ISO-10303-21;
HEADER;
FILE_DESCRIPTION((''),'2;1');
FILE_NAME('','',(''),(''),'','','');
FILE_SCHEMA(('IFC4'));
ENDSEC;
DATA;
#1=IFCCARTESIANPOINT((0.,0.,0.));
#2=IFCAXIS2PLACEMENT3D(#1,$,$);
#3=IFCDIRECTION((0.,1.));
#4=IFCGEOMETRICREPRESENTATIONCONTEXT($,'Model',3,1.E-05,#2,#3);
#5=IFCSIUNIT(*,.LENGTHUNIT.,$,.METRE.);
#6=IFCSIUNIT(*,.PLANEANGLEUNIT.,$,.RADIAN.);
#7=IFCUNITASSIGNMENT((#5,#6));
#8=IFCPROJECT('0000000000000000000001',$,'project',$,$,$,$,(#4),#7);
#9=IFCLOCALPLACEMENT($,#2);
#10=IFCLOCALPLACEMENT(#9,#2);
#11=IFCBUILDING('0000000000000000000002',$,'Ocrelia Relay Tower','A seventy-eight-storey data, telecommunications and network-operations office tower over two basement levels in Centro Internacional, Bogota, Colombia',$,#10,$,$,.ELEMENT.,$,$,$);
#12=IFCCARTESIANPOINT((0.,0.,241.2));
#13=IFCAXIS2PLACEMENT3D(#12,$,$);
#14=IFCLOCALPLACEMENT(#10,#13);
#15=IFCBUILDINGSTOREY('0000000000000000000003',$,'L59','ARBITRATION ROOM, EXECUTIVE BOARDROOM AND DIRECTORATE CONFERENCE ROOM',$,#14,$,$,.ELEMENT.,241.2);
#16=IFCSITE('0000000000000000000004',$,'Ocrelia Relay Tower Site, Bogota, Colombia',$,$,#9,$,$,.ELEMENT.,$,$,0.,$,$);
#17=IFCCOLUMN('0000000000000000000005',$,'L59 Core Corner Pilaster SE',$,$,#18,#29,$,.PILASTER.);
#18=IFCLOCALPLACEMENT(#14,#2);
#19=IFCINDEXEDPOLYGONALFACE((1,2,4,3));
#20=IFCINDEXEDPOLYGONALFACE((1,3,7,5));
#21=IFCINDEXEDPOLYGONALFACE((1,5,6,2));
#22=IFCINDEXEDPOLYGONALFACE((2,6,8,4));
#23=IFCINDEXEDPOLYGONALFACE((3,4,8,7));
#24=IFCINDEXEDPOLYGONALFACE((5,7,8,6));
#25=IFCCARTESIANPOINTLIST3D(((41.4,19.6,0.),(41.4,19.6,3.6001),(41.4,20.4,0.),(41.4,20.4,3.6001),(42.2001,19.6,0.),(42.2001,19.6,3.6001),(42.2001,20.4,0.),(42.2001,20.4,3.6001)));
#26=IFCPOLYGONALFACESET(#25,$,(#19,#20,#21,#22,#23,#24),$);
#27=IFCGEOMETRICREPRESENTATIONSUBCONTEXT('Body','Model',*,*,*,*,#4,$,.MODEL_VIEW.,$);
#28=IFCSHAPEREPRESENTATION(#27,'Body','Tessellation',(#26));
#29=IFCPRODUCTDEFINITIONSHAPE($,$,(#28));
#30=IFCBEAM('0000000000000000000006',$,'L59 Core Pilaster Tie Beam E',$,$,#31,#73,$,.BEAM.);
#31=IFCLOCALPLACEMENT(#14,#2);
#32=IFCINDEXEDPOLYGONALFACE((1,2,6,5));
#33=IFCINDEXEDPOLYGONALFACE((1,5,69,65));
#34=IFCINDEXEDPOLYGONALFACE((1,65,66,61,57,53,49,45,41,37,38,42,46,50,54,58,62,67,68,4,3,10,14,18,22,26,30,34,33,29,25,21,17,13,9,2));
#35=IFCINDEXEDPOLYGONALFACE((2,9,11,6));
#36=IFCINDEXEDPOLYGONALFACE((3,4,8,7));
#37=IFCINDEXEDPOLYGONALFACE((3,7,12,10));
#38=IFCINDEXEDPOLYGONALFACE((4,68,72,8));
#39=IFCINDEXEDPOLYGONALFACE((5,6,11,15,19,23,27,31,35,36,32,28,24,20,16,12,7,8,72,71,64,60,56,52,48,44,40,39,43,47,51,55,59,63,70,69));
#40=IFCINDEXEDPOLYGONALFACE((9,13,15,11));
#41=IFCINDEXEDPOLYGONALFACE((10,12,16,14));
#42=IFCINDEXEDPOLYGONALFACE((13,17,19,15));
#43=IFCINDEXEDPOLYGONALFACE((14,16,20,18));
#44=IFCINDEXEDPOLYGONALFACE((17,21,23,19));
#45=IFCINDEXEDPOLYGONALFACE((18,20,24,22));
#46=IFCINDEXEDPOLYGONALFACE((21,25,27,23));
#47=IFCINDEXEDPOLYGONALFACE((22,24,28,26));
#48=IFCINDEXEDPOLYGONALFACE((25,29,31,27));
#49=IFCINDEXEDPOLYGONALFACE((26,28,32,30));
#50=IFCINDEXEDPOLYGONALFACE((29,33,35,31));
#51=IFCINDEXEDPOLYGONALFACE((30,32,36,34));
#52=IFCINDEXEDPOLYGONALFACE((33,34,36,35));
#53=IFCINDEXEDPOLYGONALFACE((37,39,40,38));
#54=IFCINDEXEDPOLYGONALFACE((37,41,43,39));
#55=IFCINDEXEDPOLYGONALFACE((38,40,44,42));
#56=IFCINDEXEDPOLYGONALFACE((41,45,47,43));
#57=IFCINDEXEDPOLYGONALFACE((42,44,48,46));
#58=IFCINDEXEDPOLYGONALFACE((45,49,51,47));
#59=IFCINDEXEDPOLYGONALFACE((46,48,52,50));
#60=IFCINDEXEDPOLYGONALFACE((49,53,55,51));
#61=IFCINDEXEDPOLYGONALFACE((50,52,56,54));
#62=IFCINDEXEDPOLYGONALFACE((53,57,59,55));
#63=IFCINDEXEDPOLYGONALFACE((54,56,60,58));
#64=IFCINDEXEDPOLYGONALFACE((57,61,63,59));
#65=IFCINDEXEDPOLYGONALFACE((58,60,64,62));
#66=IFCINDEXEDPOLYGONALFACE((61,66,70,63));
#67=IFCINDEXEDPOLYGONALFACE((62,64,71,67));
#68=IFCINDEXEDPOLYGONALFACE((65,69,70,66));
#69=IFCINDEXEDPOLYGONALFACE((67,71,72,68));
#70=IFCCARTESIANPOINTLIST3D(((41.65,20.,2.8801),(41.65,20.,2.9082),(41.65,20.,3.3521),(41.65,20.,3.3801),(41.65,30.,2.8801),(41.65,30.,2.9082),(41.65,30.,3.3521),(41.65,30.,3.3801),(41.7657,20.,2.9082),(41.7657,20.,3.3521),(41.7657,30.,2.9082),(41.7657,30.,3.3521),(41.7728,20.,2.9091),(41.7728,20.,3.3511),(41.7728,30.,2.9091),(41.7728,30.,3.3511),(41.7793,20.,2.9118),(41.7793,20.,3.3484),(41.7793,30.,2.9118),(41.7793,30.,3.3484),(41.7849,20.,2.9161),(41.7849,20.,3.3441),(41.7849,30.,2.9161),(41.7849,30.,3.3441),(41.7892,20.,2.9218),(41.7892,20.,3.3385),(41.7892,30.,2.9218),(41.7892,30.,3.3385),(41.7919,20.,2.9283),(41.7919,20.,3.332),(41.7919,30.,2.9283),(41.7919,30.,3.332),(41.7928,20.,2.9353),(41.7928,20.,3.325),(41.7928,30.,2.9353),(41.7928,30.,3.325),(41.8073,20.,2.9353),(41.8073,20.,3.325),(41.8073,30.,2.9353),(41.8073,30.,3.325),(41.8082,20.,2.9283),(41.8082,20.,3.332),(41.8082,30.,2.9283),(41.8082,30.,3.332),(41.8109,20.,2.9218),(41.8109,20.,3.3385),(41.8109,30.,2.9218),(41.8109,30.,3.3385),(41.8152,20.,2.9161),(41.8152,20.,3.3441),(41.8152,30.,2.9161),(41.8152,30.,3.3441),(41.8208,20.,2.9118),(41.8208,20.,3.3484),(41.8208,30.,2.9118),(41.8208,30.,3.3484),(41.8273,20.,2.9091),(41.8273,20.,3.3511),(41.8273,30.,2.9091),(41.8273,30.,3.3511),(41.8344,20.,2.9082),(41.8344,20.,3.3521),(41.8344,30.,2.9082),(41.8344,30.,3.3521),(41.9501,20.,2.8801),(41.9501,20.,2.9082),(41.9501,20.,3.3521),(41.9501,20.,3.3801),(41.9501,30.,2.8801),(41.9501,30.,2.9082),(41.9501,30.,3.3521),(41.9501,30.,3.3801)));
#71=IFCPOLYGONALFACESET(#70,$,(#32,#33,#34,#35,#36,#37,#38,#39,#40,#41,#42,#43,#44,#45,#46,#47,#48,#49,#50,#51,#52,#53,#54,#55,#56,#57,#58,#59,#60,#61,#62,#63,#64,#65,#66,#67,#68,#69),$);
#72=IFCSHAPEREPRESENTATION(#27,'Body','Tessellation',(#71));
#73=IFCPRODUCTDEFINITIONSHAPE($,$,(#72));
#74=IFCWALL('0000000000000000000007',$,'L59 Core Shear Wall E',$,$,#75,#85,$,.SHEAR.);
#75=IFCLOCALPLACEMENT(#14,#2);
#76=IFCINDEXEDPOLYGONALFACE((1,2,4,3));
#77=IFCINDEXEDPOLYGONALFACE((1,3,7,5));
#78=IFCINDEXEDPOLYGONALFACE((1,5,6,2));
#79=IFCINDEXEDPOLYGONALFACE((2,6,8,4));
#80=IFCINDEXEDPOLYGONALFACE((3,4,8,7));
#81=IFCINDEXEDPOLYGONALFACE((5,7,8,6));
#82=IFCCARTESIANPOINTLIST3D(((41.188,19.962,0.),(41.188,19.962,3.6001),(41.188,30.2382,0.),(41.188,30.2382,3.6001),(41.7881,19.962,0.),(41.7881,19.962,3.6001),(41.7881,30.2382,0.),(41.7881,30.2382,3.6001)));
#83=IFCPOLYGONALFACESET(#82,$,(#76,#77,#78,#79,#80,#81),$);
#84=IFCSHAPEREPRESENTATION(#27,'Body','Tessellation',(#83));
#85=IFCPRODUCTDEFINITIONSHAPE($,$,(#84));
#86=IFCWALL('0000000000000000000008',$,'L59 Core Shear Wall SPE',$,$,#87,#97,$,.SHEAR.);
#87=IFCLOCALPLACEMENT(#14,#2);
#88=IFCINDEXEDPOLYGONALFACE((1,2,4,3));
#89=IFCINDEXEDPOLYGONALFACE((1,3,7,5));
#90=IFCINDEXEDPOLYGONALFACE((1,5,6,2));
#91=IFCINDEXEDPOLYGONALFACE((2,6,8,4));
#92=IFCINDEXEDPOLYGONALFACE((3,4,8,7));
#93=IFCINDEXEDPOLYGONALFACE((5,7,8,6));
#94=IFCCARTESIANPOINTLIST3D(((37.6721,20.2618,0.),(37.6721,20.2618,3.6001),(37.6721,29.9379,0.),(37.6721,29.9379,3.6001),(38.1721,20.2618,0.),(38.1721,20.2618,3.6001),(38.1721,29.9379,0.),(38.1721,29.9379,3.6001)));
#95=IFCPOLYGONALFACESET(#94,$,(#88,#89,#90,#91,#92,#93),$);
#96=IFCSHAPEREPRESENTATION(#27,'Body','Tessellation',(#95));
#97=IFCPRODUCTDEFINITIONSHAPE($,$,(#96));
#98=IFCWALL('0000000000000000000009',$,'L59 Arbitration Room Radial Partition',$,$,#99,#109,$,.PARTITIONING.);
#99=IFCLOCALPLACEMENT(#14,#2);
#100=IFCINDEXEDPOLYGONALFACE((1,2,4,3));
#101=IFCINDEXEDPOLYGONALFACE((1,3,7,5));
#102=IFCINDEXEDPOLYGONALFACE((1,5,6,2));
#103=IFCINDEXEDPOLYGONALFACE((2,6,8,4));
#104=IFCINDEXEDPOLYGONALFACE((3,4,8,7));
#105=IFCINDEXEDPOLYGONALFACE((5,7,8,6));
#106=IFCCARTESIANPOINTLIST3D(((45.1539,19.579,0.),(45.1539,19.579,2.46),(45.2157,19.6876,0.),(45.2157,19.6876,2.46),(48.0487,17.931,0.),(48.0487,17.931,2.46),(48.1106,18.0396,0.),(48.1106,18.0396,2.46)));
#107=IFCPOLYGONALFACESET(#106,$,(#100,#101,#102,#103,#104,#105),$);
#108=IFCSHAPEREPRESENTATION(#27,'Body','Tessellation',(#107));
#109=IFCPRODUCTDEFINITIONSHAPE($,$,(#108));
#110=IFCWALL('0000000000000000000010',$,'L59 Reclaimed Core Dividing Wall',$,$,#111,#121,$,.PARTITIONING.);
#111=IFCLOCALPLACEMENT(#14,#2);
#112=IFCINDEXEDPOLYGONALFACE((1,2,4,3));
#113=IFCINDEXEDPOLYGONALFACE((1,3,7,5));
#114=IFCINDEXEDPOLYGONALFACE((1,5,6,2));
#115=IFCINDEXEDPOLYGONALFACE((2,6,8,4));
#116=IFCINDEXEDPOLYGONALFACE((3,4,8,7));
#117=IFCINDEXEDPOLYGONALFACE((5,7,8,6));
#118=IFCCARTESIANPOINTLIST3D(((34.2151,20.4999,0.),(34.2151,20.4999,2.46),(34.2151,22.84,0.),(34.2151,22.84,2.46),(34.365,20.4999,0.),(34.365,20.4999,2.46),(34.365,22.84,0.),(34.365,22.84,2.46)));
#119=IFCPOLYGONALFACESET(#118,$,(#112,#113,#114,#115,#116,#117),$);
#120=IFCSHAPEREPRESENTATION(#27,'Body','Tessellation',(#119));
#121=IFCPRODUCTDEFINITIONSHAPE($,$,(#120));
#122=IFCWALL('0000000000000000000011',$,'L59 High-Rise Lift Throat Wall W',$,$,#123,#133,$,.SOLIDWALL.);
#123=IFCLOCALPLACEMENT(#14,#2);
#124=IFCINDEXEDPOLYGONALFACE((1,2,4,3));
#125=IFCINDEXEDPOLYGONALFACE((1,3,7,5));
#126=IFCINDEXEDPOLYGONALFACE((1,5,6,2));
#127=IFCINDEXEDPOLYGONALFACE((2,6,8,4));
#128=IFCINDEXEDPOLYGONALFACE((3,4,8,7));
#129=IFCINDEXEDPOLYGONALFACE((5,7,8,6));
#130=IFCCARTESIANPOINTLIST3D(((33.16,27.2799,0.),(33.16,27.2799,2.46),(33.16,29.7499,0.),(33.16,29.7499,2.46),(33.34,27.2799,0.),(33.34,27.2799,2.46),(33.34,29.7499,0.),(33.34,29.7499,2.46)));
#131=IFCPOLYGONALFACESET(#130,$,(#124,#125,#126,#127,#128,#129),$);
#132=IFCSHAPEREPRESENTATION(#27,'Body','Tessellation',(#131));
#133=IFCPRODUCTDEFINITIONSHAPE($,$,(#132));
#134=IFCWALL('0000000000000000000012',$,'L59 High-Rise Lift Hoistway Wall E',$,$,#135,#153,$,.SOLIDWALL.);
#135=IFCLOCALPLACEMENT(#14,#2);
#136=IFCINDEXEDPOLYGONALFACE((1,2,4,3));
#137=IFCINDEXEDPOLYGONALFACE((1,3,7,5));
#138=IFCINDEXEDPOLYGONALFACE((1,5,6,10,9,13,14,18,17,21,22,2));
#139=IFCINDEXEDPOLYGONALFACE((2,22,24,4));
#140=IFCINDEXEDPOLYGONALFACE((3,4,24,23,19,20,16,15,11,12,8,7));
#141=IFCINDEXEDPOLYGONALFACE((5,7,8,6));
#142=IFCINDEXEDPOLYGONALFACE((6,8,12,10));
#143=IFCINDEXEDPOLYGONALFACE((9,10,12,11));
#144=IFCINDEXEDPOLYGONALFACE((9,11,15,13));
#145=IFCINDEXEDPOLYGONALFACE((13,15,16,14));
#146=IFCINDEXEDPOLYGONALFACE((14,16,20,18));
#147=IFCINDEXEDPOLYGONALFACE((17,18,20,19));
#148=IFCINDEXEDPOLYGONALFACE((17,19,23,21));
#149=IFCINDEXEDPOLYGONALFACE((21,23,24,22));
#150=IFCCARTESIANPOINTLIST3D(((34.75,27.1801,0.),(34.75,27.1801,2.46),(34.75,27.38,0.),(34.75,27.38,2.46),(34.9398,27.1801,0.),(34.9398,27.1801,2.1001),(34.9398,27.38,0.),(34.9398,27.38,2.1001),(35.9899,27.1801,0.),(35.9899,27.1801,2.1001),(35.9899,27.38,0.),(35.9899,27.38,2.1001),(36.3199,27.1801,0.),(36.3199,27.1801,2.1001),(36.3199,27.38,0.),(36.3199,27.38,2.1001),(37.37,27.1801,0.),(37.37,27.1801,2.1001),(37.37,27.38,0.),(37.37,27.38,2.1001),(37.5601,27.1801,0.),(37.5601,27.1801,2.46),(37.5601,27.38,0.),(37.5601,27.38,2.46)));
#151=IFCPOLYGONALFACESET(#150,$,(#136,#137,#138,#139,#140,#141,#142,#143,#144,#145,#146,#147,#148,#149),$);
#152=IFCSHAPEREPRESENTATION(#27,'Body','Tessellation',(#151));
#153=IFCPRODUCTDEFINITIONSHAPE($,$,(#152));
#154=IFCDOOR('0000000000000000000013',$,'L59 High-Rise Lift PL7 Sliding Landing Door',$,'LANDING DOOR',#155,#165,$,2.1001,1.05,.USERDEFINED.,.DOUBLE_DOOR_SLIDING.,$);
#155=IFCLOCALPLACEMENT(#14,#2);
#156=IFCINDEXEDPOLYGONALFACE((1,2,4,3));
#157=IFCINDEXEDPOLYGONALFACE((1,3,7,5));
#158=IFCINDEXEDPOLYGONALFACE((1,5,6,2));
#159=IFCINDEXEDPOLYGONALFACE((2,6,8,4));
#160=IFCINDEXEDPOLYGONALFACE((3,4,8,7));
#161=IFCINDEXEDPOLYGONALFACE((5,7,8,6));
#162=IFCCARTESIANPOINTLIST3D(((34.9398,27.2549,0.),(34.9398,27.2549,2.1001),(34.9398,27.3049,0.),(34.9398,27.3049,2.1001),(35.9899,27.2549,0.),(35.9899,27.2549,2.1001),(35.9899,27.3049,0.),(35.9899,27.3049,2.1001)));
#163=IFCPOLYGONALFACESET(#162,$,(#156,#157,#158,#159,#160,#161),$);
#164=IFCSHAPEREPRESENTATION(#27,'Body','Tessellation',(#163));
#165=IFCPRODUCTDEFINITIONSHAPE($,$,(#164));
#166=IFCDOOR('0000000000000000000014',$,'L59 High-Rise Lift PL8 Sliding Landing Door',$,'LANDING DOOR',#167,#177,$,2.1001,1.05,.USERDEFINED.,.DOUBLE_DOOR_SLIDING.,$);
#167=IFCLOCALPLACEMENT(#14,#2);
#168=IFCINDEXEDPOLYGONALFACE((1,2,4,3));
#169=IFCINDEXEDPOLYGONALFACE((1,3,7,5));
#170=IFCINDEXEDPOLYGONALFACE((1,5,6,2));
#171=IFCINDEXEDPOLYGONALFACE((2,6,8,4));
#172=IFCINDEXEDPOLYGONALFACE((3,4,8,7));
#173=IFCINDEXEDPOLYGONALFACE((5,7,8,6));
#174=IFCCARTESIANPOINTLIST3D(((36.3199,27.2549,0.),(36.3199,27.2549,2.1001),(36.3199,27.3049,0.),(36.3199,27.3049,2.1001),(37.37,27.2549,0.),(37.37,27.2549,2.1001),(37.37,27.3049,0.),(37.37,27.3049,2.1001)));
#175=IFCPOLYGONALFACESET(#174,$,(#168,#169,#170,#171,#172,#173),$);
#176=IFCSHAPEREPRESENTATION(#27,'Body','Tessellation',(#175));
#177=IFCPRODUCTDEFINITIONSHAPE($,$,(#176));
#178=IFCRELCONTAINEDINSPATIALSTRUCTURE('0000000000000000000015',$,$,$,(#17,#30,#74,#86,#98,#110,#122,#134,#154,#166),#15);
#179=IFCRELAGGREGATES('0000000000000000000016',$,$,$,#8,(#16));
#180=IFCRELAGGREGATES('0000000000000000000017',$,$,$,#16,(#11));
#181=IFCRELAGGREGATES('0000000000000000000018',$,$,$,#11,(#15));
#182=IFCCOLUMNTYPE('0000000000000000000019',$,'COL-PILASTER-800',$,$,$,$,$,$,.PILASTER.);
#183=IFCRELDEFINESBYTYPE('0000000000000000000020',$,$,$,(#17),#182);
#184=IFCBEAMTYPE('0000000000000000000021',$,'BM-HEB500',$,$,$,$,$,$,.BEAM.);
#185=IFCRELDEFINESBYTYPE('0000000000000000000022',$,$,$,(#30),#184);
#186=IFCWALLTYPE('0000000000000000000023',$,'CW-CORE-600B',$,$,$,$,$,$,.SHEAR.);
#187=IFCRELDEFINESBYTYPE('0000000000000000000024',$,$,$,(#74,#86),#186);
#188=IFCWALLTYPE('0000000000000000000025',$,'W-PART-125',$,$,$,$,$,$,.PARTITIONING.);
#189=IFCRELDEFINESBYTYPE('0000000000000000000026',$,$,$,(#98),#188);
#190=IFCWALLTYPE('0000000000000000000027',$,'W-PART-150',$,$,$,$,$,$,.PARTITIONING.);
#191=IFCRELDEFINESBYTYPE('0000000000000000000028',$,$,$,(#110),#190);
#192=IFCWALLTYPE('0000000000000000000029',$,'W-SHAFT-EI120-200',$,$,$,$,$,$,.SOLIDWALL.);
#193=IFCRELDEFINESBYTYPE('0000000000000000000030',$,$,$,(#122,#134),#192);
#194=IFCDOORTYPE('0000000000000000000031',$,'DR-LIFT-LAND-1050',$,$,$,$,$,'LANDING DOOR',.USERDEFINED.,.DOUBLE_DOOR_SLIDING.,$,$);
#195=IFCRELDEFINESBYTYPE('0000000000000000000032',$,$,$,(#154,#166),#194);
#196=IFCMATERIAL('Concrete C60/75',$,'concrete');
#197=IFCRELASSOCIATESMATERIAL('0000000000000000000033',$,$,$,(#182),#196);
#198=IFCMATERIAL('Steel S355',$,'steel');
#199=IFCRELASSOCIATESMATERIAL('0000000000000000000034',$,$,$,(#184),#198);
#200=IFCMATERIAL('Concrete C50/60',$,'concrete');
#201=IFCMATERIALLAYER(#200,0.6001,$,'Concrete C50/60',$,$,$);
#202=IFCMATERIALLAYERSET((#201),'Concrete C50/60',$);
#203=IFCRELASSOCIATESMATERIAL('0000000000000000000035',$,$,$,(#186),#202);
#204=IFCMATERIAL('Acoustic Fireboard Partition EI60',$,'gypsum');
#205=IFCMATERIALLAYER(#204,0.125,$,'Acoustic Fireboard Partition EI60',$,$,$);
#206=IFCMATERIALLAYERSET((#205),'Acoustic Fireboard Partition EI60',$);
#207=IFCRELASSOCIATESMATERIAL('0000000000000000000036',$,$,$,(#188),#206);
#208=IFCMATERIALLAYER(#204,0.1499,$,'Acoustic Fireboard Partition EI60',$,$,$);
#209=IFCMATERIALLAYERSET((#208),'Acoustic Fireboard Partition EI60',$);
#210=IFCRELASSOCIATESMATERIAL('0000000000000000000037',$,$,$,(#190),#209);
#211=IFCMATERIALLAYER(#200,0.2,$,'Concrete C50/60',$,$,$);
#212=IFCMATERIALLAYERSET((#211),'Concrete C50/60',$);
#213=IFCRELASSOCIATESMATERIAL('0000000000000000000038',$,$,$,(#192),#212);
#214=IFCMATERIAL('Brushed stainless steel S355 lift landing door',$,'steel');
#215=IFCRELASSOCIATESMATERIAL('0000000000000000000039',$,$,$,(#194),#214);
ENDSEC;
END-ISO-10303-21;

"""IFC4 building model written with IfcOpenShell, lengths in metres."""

from ifc_helpers import new_model, si_unit, direction, frame, frame_2d, origin, origin_2d, place, context, subcontext, project, spatial, rectangle, i_section, extrude, material, layer, layer_set, material_profile, profile_set, type_object, element, fill, save


model = new_model("IFC4")

# Units and contexts
model_context = context("Model", 3, precision=1e-05, world=origin(), true_north=direction((0.0, 1.0)))
body_context = subcontext(model_context, "Body", "Model", "MODEL_VIEW")
ifc_project = project(units=[si_unit("LENGTHUNIT", "METRE"), si_unit("PLANEANGLEUNIT", "RADIAN")], contexts=[model_context])

# Site, building, storey
site_placement = place(None, origin())
site = spatial("IfcSite", under=ifc_project, at=site_placement, Name="Ocrelia Relay Tower Site, Bogota, Colombia", CompositionType="ELEMENT", RefElevation=0.0)
building_placement = place(site_placement, origin())
building = spatial("IfcBuilding", under=site, at=building_placement, Name="Ocrelia Relay Tower", Description="A seventy-eight-storey data, telecommunications and network-operations office tower over two basement levels in Centro Internacional, Bogota, Colombia", CompositionType="ELEMENT")
storey_placement = place(building_placement, frame((0.0, 0.0, 241.2)))
storey = spatial("IfcBuildingStorey", under=building, at=storey_placement, Name="L59", Description="ARBITRATION ROOM, EXECUTIVE BOARDROOM AND DIRECTORATE CONFERENCE ROOM", CompositionType="ELEMENT", Elevation=241.2)

# Column
ifc_material_1 = material(Name="Concrete C60/75", Category="concrete")
ifc_material_profile_1 = material_profile(ifc_material_1, rectangle(XDim=0.8, YDim=0.8, at=origin_2d()), Name="RC-COL-800x800")
ifc_profile_set_1 = profile_set([ifc_material_profile_1], Name="Concrete C60/75")
column_type = type_object("IfcColumnType", Name="COL-PILASTER-800", PredefinedType="PILASTER", material=ifc_profile_set_1)
column_placement = place(storey_placement, frame((41.8, 20.0, 0.0), z_axis=(0.0, 0.0, 1.0), x_axis=(1.0, 0.0, 0.0)))
element("IfcColumn", 1, at=column_placement, inside=storey, type_object=column_type, Name="L59 Core Corner Pilaster SE", PredefinedType="PILASTER", context=body_context, shape_type="SweptSolid", body=[
    extrude(rectangle(XDim=0.8, YDim=0.8, at=origin_2d()), origin(), (0.0, 0.0, 1.0), 3.6001),
])

# Beam
ifc_material_2 = material(Name="Steel S355", Category="steel")
ifc_material_profile_2 = material_profile(ifc_material_2, i_section(OverallWidth=0.3, OverallDepth=0.5, WebThickness=0.0144, FlangeThickness=0.0281, FilletRadius=0.0271, at=origin_2d()), Name="HEB 500")
ifc_profile_set_2 = profile_set([ifc_material_profile_2], Name="Steel S355")
beam_type = type_object("IfcBeamType", Name="BM-HEB500", PredefinedType="BEAM", material=ifc_profile_set_2)
beam_placement = place(storey_placement, frame((41.8, 20.0, 3.1301), z_axis=(0.0, 1.0, 0.0), x_axis=(-1.0, 0.0, 0.0)))
element("IfcBeam", 2, at=beam_placement, inside=storey, type_object=beam_type, Name="L59 Core Pilaster Tie Beam E", PredefinedType="BEAM", context=body_context, shape_type="SweptSolid", body=[
    extrude(i_section(OverallWidth=0.3, OverallDepth=0.5, WebThickness=0.0144, FlangeThickness=0.0281, FilletRadius=0.0271, at=origin_2d()), origin(), (0.0, 0.0, 1.0), 10.0),
])

# Walls
ifc_material_3 = material(Name="Concrete C50/60", Category="concrete")
ifc_layer_1 = layer(ifc_material_3, 0.6001, Name="Concrete C50/60")
ifc_layer_set_1 = layer_set([ifc_layer_1], Name="Concrete C50/60")
wall_type_1 = type_object("IfcWallType", Name="CW-CORE-600B", PredefinedType="SHEAR", material=ifc_layer_set_1)
wall_1_placement = place(storey_placement, frame((41.488, 19.9619, 0.0), z_axis=(0.0, 0.0, 1.0), x_axis=(0.0, 1.0, 0.0)))
element("IfcWall", 3, at=wall_1_placement, inside=storey, type_object=wall_type_1, Name="L59 Core Shear Wall E", PredefinedType="SHEAR", context=body_context, shape_type="SweptSolid", body=[
    extrude(rectangle(XDim=10.2761, YDim=0.6001, at=frame_2d((5.1382, 0.0))), origin(), (0.0, 0.0, 1.0), 3.6001),
])
wall_2_placement = place(storey_placement, frame((37.9221, 20.262, 0.0), z_axis=(0.0, 0.0, 1.0), x_axis=(0.0, 1.0, 0.0)))
element("IfcWall", 4, at=wall_2_placement, inside=storey, type_object=wall_type_1, Name="L59 Core Shear Wall SPE", PredefinedType="SHEAR", context=body_context, shape_type="SweptSolid", body=[
    extrude(rectangle(XDim=9.676, YDim=0.5, at=frame_2d((4.8379, 0.0))), origin(), (0.0, 0.0, 1.0), 3.6001),
])
ifc_material_4 = material(Name="Acoustic Fireboard Partition EI60", Category="gypsum")
ifc_layer_2 = layer(ifc_material_4, 0.125, Name="Acoustic Fireboard Partition EI60")
ifc_layer_set_2 = layer_set([ifc_layer_2], Name="Acoustic Fireboard Partition EI60")
wall_type_2 = type_object("IfcWallType", Name="W-PART-125", PredefinedType="PARTITIONING", material=ifc_layer_set_2)
wall_3_placement = place(storey_placement, frame((45.1848, 19.6333, 0.0), z_axis=(0.0, 0.0, 1.0), x_axis=(0.869045, -0.494733, 0.0)))
element("IfcWall", 5, at=wall_3_placement, inside=storey, type_object=wall_type_2, Name="L59 Arbitration Room Radial Partition", PredefinedType="PARTITIONING", context=body_context, shape_type="SweptSolid", body=[
    extrude(rectangle(XDim=3.3311, YDim=0.125, at=frame_2d((1.6655, 0.0))), origin(), (0.0, 0.0, 1.0), 2.46),
])
ifc_layer_3 = layer(ifc_material_4, 0.1499, Name="Acoustic Fireboard Partition EI60")
ifc_layer_set_3 = layer_set([ifc_layer_3], Name="Acoustic Fireboard Partition EI60")
wall_type_3 = type_object("IfcWallType", Name="W-PART-150", PredefinedType="PARTITIONING", material=ifc_layer_set_3)
wall_4_placement = place(storey_placement, frame((34.29, 20.5, 0.0), z_axis=(0.0, 0.0, 1.0), x_axis=(0.0, 1.0, 0.0)))
element("IfcWall", 6, at=wall_4_placement, inside=storey, type_object=wall_type_3, Name="L59 Reclaimed Core Dividing Wall", PredefinedType="PARTITIONING", context=body_context, shape_type="SweptSolid", body=[
    extrude(rectangle(XDim=2.3401, YDim=0.1499, at=frame_2d((1.1699, 0.0))), origin(), (0.0, 0.0, 1.0), 2.46),
])
ifc_layer_4 = layer(ifc_material_3, 0.2, Name="Concrete C50/60")
ifc_layer_set_4 = layer_set([ifc_layer_4], Name="Concrete C50/60")
wall_type_4 = type_object("IfcWallType", Name="W-SHAFT-EI120-200", PredefinedType="SOLIDWALL", material=ifc_layer_set_4)
wall_5_placement = place(storey_placement, frame((33.25, 27.28, 0.0), z_axis=(0.0, 0.0, 1.0), x_axis=(0.0, 1.0, 0.0)))
element("IfcWall", 7, at=wall_5_placement, inside=storey, type_object=wall_type_4, Name="L59 High-Rise Lift Throat Wall W", PredefinedType="SOLIDWALL", context=body_context, shape_type="SweptSolid", body=[
    extrude(rectangle(XDim=2.47, YDim=0.1799, at=frame_2d((1.2349, 0.0))), origin(), (0.0, 0.0, 1.0), 2.46),
])

# Wall, openings, doors
wall_6_placement = place(storey_placement, frame((34.75, 27.28, 0.0), z_axis=(0.0, 0.0, 1.0), x_axis=(1.0, 0.0, 0.0)))
wall_6 = element("IfcWall", 8, at=wall_6_placement, inside=storey, type_object=wall_type_4, Name="L59 High-Rise Lift Hoistway Wall E", PredefinedType="SOLIDWALL", context=body_context, shape_type="SweptSolid", body=[
    extrude(rectangle(XDim=2.8101, YDim=0.2, at=frame_2d((1.405, 0.0))), origin(), (0.0, 0.0, 1.0), 2.46),
])
opening_1_placement = place(wall_6_placement, frame((0.1899, 0.0, 0.0)))
opening_1 = element("IfcOpeningElement", 9, at=opening_1_placement, cuts=wall_6, PredefinedType="OPENING", context=body_context, shape_type="SweptSolid", body=[
    extrude(rectangle(XDim=1.05, YDim=2.1001, at=frame_2d((0.5249, 1.05))), frame((0.0, 0.1099, 0.0), z_axis=(0.0, -1.0, 0.0), x_axis=(1.0, 0.0, 0.0)), (0.0, 0.0, 1.0), 0.22),
])
opening_2_placement = place(wall_6_placement, frame((1.5701, 0.0, 0.0)))
opening_2 = element("IfcOpeningElement", 10, at=opening_2_placement, cuts=wall_6, PredefinedType="OPENING", context=body_context, shape_type="SweptSolid", body=[
    extrude(rectangle(XDim=1.05, YDim=2.1001, at=frame_2d((0.5249, 1.05))), frame((0.0, 0.1099, 0.0), z_axis=(0.0, -1.0, 0.0), x_axis=(1.0, 0.0, 0.0)), (0.0, 0.0, 1.0), 0.22),
])
ifc_material_5 = material(Name="Brushed stainless steel S355 lift landing door", Category="steel")
door_type = type_object("IfcDoorType", Name="DR-LIFT-LAND-1050", ElementType="LANDING DOOR", OperationType="DOUBLE_DOOR_SLIDING", PredefinedType="USERDEFINED", material=ifc_material_5)
door_1_placement = place(opening_1_placement, origin())
door_1 = element("IfcDoor", 11, at=door_1_placement, inside=storey, type_object=door_type, Name="L59 High-Rise Lift PL7 Sliding Landing Door", ObjectType="LANDING DOOR", OperationType="DOUBLE_DOOR_SLIDING", OverallHeight=2.1001, OverallWidth=1.05, PredefinedType="USERDEFINED", context=body_context, shape_type="SweptSolid", body=[
    extrude(rectangle(XDim=1.05, YDim=2.1001, at=frame_2d((0.5249, 1.05))), frame((0.0, 0.0249, 0.0), z_axis=(0.0, -1.0, 0.0), x_axis=(1.0, 0.0, 0.0)), (0.0, 0.0, 1.0), 0.05),
])
fill(opening_1, door_1)
door_2_placement = place(opening_2_placement, origin())
door_2 = element("IfcDoor", 12, at=door_2_placement, inside=storey, type_object=door_type, Name="L59 High-Rise Lift PL8 Sliding Landing Door", ObjectType="LANDING DOOR", OperationType="DOUBLE_DOOR_SLIDING", OverallHeight=2.1001, OverallWidth=1.05, PredefinedType="USERDEFINED", context=body_context, shape_type="SweptSolid", body=[
    extrude(rectangle(XDim=1.05, YDim=2.1001, at=frame_2d((0.5249, 1.05))), frame((0.0, 0.0249, 0.0), z_axis=(0.0, -1.0, 0.0), x_axis=(1.0, 0.0, 0.0)), (0.0, 0.0, 1.0), 0.05),
])
fill(opening_2, door_2)

save(model, "model.ifc")
